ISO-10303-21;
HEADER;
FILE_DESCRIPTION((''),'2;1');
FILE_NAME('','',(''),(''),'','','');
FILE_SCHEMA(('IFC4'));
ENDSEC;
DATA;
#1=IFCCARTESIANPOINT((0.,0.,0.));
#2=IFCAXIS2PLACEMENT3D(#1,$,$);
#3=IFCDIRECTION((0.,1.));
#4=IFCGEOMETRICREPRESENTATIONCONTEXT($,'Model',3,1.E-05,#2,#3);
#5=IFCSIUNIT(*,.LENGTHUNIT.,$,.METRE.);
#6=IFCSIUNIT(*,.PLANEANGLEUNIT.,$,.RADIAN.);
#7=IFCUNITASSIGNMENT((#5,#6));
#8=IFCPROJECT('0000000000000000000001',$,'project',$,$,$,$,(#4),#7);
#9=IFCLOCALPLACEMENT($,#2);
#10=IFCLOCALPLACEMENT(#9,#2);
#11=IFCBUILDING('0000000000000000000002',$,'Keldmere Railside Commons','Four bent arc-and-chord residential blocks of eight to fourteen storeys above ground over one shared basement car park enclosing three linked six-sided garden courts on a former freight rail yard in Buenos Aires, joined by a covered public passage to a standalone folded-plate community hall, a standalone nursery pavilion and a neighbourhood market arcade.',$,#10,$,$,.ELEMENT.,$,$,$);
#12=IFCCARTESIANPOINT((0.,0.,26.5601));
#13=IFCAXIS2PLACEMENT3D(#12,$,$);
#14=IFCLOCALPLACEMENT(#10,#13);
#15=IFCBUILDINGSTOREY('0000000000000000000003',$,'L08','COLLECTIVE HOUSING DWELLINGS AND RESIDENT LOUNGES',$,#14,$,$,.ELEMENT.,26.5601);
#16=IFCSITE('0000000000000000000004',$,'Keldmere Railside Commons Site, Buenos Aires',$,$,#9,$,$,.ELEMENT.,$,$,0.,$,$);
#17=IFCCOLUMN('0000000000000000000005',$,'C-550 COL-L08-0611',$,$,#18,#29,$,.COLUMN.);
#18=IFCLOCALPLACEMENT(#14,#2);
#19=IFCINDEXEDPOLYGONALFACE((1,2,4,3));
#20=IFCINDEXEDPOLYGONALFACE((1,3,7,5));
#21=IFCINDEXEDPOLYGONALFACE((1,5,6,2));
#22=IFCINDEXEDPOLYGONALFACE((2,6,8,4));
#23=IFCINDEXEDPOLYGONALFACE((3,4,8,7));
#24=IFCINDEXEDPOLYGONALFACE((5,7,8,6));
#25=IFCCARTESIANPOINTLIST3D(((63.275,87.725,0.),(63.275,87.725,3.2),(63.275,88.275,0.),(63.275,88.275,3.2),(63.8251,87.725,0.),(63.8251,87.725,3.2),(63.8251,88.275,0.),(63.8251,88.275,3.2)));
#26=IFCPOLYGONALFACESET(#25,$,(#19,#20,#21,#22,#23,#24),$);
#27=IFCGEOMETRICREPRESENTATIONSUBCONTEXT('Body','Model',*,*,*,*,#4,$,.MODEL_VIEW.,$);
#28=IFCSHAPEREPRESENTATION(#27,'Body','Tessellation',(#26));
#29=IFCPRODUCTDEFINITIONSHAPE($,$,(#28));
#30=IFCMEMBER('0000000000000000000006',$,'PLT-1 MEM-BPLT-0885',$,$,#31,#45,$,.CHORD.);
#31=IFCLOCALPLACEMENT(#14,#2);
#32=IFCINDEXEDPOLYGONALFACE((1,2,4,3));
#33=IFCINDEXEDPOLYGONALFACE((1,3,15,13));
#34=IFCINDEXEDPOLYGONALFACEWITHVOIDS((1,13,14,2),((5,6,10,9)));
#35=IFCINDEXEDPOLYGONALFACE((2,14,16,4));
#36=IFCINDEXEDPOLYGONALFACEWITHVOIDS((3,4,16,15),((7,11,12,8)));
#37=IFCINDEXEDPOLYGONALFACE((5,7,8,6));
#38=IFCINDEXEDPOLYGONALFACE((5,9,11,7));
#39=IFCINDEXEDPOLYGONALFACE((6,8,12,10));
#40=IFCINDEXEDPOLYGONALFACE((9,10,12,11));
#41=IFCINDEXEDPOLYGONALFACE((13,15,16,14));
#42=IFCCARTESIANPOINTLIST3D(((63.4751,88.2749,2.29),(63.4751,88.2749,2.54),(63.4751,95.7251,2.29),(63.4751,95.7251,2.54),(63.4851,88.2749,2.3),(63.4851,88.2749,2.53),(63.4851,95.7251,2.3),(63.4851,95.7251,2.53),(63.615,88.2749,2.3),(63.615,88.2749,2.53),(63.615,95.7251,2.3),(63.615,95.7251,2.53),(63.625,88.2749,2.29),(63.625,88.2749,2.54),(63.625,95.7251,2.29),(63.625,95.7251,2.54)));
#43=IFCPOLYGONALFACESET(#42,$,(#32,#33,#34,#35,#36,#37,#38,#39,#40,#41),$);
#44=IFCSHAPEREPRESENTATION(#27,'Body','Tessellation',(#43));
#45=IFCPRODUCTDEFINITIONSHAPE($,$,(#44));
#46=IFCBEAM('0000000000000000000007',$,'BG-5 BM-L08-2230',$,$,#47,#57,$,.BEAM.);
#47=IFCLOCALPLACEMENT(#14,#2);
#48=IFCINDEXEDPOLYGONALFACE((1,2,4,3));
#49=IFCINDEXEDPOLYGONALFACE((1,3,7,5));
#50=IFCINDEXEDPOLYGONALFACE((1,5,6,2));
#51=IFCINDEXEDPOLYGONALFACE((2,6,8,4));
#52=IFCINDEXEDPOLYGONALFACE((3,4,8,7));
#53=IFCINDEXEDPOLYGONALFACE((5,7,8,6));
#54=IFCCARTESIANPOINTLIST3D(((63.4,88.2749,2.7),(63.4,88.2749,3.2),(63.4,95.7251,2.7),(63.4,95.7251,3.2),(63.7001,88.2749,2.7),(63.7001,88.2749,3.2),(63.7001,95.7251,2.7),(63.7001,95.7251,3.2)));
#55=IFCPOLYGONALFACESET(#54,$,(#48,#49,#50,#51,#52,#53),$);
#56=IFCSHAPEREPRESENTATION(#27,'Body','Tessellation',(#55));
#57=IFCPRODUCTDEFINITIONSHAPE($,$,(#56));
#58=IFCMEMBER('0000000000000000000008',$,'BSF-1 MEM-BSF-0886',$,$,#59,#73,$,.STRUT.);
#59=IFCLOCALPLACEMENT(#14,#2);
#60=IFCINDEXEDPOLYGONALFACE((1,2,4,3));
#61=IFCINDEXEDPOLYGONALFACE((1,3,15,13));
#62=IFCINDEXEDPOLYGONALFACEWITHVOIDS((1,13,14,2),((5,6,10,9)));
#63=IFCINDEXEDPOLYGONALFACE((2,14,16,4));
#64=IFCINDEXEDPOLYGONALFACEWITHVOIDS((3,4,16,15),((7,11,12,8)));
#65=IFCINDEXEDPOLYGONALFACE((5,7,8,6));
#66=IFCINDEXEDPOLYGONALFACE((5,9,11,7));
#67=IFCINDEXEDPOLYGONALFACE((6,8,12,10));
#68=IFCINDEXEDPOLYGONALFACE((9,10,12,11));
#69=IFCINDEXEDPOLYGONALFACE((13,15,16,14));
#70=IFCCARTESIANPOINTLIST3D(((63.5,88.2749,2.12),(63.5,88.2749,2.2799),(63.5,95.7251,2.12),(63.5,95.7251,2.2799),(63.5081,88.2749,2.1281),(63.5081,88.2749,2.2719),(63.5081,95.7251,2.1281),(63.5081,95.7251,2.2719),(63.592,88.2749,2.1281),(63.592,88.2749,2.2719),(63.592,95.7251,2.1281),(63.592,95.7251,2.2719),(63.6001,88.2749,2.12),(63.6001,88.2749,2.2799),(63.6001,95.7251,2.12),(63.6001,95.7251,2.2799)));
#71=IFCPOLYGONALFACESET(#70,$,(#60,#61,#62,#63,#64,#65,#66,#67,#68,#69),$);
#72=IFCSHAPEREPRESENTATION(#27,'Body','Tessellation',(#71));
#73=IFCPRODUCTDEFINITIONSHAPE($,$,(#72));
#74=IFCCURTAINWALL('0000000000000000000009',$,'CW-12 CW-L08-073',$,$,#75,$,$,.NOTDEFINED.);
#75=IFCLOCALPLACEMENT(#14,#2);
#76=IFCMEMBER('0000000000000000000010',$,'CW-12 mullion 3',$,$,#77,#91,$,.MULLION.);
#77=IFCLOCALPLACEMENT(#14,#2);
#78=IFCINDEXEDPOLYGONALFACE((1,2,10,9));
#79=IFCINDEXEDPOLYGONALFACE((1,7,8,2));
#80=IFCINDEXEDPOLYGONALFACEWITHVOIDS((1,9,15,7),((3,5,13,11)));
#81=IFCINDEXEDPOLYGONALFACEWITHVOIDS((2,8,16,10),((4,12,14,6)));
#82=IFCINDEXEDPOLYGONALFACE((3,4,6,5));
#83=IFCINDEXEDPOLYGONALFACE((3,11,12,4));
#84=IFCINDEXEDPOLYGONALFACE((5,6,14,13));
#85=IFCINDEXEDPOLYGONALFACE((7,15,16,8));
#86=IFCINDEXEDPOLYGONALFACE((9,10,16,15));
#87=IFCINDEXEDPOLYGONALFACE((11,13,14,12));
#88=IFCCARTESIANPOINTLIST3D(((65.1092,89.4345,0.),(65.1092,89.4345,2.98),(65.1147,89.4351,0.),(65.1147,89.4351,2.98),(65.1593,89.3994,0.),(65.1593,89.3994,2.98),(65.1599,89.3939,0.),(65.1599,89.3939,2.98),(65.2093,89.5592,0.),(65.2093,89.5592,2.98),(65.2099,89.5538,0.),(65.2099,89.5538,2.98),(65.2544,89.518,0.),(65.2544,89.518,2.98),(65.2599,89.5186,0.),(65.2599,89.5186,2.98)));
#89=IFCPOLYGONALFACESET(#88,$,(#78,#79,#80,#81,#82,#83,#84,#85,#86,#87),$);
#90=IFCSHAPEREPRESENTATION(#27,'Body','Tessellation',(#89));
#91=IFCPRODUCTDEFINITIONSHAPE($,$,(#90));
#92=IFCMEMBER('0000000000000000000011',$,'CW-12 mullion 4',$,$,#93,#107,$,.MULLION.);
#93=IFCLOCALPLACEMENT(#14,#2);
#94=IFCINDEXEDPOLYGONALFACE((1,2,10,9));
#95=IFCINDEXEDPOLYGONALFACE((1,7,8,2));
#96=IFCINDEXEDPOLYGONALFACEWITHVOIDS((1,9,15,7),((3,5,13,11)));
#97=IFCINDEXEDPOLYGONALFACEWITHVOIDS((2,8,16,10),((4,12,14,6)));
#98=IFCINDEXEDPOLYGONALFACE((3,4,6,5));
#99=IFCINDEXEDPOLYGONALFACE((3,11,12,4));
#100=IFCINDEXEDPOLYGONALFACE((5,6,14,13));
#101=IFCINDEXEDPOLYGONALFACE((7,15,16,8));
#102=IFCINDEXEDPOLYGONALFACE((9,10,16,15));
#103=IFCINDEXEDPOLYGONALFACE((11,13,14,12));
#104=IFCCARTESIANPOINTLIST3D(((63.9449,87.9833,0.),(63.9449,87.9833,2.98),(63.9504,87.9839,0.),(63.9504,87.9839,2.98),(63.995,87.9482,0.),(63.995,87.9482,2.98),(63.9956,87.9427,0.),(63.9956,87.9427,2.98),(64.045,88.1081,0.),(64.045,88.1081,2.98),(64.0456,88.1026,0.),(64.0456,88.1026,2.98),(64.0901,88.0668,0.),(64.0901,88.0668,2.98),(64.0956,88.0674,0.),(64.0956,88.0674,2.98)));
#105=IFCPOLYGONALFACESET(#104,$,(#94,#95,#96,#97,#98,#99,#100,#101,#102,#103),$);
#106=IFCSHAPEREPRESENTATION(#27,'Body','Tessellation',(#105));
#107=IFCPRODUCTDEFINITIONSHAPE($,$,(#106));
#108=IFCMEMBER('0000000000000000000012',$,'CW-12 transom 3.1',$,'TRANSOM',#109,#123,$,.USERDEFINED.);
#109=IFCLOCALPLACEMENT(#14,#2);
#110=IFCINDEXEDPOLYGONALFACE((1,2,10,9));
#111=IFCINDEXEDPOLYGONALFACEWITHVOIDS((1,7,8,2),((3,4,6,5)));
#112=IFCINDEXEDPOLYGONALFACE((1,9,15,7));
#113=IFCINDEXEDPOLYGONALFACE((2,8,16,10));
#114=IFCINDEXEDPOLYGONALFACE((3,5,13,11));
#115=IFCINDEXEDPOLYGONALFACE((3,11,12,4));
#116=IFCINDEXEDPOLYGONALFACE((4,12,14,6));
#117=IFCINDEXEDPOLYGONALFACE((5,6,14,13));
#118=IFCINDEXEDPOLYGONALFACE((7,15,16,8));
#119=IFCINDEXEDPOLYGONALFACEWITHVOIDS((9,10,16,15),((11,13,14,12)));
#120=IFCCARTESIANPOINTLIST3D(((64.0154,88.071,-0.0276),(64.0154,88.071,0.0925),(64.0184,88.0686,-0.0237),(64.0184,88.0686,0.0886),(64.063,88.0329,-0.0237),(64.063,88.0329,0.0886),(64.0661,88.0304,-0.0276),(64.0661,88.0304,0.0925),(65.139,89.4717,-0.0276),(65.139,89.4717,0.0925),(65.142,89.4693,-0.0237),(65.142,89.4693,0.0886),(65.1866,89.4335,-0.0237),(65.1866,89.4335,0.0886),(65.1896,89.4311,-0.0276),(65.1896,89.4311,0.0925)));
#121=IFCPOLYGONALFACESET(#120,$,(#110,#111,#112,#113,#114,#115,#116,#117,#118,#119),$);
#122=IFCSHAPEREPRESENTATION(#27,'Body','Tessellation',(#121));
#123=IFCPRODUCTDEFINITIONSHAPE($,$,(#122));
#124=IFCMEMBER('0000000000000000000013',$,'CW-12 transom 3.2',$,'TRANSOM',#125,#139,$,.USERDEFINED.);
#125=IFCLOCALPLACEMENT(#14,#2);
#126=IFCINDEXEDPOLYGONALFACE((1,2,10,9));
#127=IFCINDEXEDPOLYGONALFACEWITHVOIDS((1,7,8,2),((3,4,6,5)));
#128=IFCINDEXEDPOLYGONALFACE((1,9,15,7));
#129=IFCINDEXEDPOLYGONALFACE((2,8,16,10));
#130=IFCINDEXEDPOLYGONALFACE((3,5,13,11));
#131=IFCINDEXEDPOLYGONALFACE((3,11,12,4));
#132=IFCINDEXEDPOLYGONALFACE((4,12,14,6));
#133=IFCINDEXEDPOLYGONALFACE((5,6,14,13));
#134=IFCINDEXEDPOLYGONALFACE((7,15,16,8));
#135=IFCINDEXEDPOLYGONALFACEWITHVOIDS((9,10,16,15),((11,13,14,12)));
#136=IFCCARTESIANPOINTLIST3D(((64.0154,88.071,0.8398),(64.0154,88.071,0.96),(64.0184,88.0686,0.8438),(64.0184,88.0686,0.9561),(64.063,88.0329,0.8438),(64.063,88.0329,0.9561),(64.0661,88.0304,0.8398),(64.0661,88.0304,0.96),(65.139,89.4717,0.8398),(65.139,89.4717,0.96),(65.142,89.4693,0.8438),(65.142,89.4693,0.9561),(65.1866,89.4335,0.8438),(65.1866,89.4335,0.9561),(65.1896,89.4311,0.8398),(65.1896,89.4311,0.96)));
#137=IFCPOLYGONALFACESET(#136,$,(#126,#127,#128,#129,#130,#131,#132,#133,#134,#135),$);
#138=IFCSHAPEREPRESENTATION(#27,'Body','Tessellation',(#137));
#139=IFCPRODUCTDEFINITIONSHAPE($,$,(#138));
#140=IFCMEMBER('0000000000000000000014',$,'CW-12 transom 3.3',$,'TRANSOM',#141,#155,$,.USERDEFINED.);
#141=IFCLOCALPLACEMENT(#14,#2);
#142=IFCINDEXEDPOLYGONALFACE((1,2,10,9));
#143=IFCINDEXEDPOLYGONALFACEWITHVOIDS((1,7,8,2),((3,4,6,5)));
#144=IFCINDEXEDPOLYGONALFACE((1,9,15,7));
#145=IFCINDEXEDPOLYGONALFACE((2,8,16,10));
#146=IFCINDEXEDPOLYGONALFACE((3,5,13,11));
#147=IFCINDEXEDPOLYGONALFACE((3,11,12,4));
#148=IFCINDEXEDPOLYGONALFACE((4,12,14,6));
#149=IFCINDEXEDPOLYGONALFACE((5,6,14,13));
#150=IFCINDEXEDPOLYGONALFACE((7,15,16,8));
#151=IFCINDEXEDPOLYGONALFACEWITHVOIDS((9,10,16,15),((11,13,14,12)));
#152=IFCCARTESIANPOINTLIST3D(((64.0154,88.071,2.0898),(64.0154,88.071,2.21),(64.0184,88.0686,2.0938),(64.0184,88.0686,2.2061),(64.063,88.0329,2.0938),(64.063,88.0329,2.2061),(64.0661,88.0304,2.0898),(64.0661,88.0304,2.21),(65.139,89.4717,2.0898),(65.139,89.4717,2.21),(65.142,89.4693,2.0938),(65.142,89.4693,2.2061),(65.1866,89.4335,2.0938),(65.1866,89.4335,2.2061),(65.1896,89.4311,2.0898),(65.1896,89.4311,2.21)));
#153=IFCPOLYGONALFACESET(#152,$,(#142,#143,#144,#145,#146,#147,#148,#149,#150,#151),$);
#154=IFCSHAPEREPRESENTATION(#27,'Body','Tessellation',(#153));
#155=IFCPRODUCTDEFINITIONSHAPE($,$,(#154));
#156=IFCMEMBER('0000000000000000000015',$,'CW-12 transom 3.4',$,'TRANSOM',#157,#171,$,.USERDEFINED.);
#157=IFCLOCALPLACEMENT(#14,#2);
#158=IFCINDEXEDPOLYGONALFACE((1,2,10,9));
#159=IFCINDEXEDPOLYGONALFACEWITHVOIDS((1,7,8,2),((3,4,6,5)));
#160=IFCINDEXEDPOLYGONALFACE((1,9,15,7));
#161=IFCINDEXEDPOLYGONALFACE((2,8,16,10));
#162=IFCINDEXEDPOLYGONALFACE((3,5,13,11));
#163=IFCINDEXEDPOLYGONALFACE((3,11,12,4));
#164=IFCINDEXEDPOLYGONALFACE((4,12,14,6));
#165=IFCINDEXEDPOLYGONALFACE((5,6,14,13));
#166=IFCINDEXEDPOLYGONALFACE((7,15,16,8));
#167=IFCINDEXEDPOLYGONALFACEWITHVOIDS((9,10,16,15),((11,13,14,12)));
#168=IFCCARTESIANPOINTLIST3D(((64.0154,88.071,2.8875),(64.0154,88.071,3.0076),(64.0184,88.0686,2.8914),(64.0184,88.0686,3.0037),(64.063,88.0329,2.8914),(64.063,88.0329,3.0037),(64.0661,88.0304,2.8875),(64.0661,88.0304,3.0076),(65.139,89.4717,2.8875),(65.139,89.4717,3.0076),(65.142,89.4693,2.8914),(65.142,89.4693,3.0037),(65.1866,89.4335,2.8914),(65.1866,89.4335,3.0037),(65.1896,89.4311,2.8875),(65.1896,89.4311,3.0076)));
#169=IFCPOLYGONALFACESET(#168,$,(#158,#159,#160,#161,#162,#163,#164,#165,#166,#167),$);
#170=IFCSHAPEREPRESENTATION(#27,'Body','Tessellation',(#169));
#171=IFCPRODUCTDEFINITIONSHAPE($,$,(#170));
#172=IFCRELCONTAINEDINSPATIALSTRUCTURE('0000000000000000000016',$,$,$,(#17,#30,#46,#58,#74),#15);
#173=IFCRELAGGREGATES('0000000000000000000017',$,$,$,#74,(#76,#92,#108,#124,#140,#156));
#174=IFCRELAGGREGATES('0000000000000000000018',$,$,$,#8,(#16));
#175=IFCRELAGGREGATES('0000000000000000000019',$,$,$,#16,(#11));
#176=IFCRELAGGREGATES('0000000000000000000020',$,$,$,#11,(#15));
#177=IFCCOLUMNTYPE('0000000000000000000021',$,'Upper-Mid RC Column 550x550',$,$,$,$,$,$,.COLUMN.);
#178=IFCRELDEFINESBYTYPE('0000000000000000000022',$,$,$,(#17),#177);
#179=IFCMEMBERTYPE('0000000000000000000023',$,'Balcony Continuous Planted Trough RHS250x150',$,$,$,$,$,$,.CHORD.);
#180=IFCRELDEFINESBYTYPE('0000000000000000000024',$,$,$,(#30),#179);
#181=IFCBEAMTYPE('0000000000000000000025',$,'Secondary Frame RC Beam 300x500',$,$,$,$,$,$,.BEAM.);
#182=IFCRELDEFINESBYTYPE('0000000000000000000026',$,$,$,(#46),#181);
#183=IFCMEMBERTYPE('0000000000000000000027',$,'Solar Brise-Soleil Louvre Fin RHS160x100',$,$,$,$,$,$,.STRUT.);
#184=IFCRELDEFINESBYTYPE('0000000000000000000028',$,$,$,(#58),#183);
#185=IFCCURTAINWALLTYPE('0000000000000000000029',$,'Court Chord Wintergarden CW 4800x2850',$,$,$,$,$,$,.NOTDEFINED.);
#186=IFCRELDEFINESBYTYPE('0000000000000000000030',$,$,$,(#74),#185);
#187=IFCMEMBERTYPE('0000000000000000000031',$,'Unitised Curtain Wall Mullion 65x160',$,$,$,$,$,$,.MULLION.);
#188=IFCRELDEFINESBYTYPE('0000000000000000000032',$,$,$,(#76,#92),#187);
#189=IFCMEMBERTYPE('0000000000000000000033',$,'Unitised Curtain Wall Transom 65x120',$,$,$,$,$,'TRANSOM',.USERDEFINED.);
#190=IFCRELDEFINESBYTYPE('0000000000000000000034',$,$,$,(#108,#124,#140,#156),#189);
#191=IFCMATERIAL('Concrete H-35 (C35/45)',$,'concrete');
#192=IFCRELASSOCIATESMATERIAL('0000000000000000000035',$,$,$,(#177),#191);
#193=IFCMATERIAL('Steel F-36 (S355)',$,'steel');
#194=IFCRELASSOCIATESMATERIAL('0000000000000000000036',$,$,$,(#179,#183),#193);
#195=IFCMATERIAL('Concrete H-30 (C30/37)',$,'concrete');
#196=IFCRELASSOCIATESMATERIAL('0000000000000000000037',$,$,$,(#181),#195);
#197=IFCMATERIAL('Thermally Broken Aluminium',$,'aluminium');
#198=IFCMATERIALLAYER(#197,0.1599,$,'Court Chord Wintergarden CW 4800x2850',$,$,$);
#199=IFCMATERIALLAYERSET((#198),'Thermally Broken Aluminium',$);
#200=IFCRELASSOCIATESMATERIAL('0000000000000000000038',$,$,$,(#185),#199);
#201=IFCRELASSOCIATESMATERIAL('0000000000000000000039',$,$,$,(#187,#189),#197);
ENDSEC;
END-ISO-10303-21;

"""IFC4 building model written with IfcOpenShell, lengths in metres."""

from ifc_helpers import new_model, si_unit, direction, frame, origin, origin_2d, place, context, subcontext, project, spatial, rectangle, hollow_rectangle, extrude, material, layer, layer_set, material_profile, profile_set, type_object, element, aggregate, save


model = new_model("IFC4")

# Units and contexts
model_context = context("Model", 3, precision=1e-05, world=origin(), true_north=direction((0.0, 1.0)))
body_context = subcontext(model_context, "Body", "Model", "MODEL_VIEW")
ifc_project = project(units=[si_unit("LENGTHUNIT", "METRE"), si_unit("PLANEANGLEUNIT", "RADIAN")], contexts=[model_context])

# Site, building, storey
site_placement = place(None, origin())
site = spatial("IfcSite", under=ifc_project, at=site_placement, Name="Keldmere Railside Commons Site, Buenos Aires", CompositionType="ELEMENT", RefElevation=0.0)
building_placement = place(site_placement, origin())
building = spatial("IfcBuilding", under=site, at=building_placement, Name="Keldmere Railside Commons", Description="Four bent arc-and-chord residential blocks of eight to fourteen storeys above ground over one shared basement car park enclosing three linked six-sided garden courts on a former freight rail yard in Buenos Aires, joined by a covered public passage to a standalone folded-plate community hall, a standalone nursery pavilion and a neighbourhood market arcade.", CompositionType="ELEMENT")
storey_placement = place(building_placement, frame((0.0, 0.0, 26.5601)))
storey = spatial("IfcBuildingStorey", under=building, at=storey_placement, Name="L08", Description="COLLECTIVE HOUSING DWELLINGS AND RESIDENT LOUNGES", CompositionType="ELEMENT", Elevation=26.5601)

# Column
ifc_material_1 = material(Name="Concrete H-35 (C35/45)", Category="concrete")
ifc_material_profile_1 = material_profile(ifc_material_1, rectangle(XDim=0.55, YDim=0.55, at=origin_2d()), Name="RC-550x550")
ifc_profile_set_1 = profile_set([ifc_material_profile_1], Name="Concrete H-35 (C35/45)")
column_type = type_object("IfcColumnType", Name="Upper-Mid RC Column 550x550", PredefinedType="COLUMN", material=ifc_profile_set_1)
column_placement = place(storey_placement, frame((63.55, 88.0, 0.0), z_axis=(0.0, 0.0, 1.0), x_axis=(1.0, 0.0, 0.0)))
element("IfcColumn", 1, at=column_placement, inside=storey, type_object=column_type, Name="C-550 COL-L08-0611", PredefinedType="COLUMN", context=body_context, shape_type="SweptSolid", body=[
    extrude(rectangle(XDim=0.55, YDim=0.55, at=origin_2d()), origin(), (0.0, 0.0, 1.0), 3.2),
])

# Member
ifc_material_2 = material(Name="Steel F-36 (S355)", Category="steel")
ifc_material_profile_2 = material_profile(ifc_material_2, hollow_rectangle(XDim=0.1499, YDim=0.25, WallThickness=0.01, at=origin_2d()), Name="RHS-250x150x10")
ifc_profile_set_2 = profile_set([ifc_material_profile_2], Name="Steel F-36 (S355)")
member_type_1 = type_object("IfcMemberType", Name="Balcony Continuous Planted Trough RHS250x150", PredefinedType="CHORD", material=ifc_profile_set_2)
member_1_placement = place(storey_placement, frame((63.55, 88.2749, 2.415), z_axis=(0.0, 1.0, 0.0), x_axis=(-1.0, 0.0, 0.0)))
element("IfcMember", 2, at=member_1_placement, inside=storey, type_object=member_type_1, Name="PLT-1 MEM-BPLT-0885", PredefinedType="CHORD", context=body_context, shape_type="SweptSolid", body=[
    extrude(hollow_rectangle(XDim=0.1499, YDim=0.25, WallThickness=0.01, at=origin_2d()), origin(), (0.0, 0.0, 1.0), 7.4502),
])

# Beam
ifc_material_3 = material(Name="Concrete H-30 (C30/37)", Category="concrete")
ifc_material_profile_3 = material_profile(ifc_material_3, rectangle(XDim=0.3, YDim=0.5, at=origin_2d()), Name="RC-300x500")
ifc_profile_set_3 = profile_set([ifc_material_profile_3], Name="Concrete H-30 (C30/37)")
beam_type = type_object("IfcBeamType", Name="Secondary Frame RC Beam 300x500", PredefinedType="BEAM", material=ifc_profile_set_3)
beam_placement = place(storey_placement, frame((63.55, 88.2749, 2.95), z_axis=(0.0, 1.0, 0.0), x_axis=(-1.0, 0.0, 0.0)))
element("IfcBeam", 3, at=beam_placement, inside=storey, type_object=beam_type, Name="BG-5 BM-L08-2230", PredefinedType="BEAM", context=body_context, shape_type="SweptSolid", body=[
    extrude(rectangle(XDim=0.3, YDim=0.5, at=origin_2d()), origin(), (0.0, 0.0, 1.0), 7.4502),
])

# Member
ifc_material_profile_4 = material_profile(ifc_material_2, hollow_rectangle(XDim=0.1001, YDim=0.1599, WallThickness=0.0081, at=origin_2d()), Name="RHS-160x100x8")
ifc_profile_set_4 = profile_set([ifc_material_profile_4], Name="Steel F-36 (S355)")
member_type_2 = type_object("IfcMemberType", Name="Solar Brise-Soleil Louvre Fin RHS160x100", PredefinedType="STRUT", material=ifc_profile_set_4)
member_2_placement = place(storey_placement, frame((63.55, 88.2749, 2.2), z_axis=(0.0, 1.0, 0.0), x_axis=(-1.0, 0.0, 0.0)))
element("IfcMember", 4, at=member_2_placement, inside=storey, type_object=member_type_2, Name="BSF-1 MEM-BSF-0886", PredefinedType="STRUT", context=body_context, shape_type="SweptSolid", body=[
    extrude(hollow_rectangle(XDim=0.1001, YDim=0.1599, WallThickness=0.0081, at=origin_2d()), origin(), (0.0, 0.0, 1.0), 7.4502),
])

# Curtain wall, members
ifc_material_4 = material(Name="Thermally Broken Aluminium", Category="aluminium")
ifc_layer_1 = layer(ifc_material_4, 0.1599, Name="Court Chord Wintergarden CW 4800x2850")
ifc_layer_set_1 = layer_set([ifc_layer_1], Name="Thermally Broken Aluminium")
curtain_wall_type = type_object("IfcCurtainWallType", Name="Court Chord Wintergarden CW 4800x2850", PredefinedType="NOTDEFINED", material=ifc_layer_set_1)
curtain_wall_placement = place(storey_placement, origin())
curtain_wall = element("IfcCurtainWall", 5, at=curtain_wall_placement, inside=storey, type_object=curtain_wall_type, Name="CW-12 CW-L08-073", PredefinedType="NOTDEFINED")
ifc_material_profile_5 = material_profile(ifc_material_4, hollow_rectangle(XDim=0.0649, YDim=0.1599, WallThickness=0.0039, at=origin_2d()), Name="ALU-MULL-65x160")
ifc_profile_set_5 = profile_set([ifc_material_profile_5], Name="Thermally Broken Aluminium")
member_type_3 = type_object("IfcMemberType", Name="Unitised Curtain Wall Mullion 65x160", PredefinedType="MULLION", material=ifc_profile_set_5)
member_3_placement = place(storey_placement, frame((65.1846, 89.4766, 0.0), z_axis=(0.0, 0.0, 1.0), x_axis=(0.780009, -0.625768, 0.0)))
member_3 = element("IfcMember", 6, at=member_3_placement, type_object=member_type_3, Name="CW-12 mullion 3", PredefinedType="MULLION", context=body_context, shape_type="SweptSolid", body=[
    extrude(hollow_rectangle(XDim=0.0649, YDim=0.1599, WallThickness=0.0039, at=origin_2d()), origin(), (0.0, 0.0, 1.0), 2.98),
])
member_4_placement = place(storey_placement, frame((64.0203, 88.0254, 0.0), z_axis=(0.0, 0.0, 1.0), x_axis=(0.780009, -0.625768, 0.0)))
member_4 = element("IfcMember", 7, at=member_4_placement, type_object=member_type_3, Name="CW-12 mullion 4", PredefinedType="MULLION", context=body_context, shape_type="SweptSolid", body=[
    extrude(hollow_rectangle(XDim=0.0649, YDim=0.1599, WallThickness=0.0039, at=origin_2d()), origin(), (0.0, 0.0, 1.0), 2.98),
])
ifc_material_profile_6 = material_profile(ifc_material_4, hollow_rectangle(XDim=0.0649, YDim=0.1201, WallThickness=0.0039, at=origin_2d()), Name="ALU-TRAN-65x120")
ifc_profile_set_6 = profile_set([ifc_material_profile_6], Name="Thermally Broken Aluminium")
member_type_4 = type_object("IfcMemberType", Name="Unitised Curtain Wall Transom 65x120", ElementType="TRANSOM", PredefinedType="USERDEFINED", material=ifc_profile_set_6)
member_5_placement = place(storey_placement, frame((65.1643, 89.4514, 0.0325), z_axis=(-0.625723, -0.780046, 0.0), x_axis=(0.780046, -0.625723, 0.0)))
member_5 = element("IfcMember", 8, at=member_5_placement, type_object=member_type_4, Name="CW-12 transom 3.1", ObjectType="TRANSOM", PredefinedType="USERDEFINED", context=body_context, shape_type="SweptSolid", body=[
    extrude(hollow_rectangle(XDim=0.0649, YDim=0.1201, WallThickness=0.0039, at=origin_2d()), origin(), (0.0, 0.0, 1.0), 1.7957),
])
member_6_placement = place(storey_placement, frame((65.1643, 89.4514, 0.8999), z_axis=(-0.625723, -0.780046, 0.0), x_axis=(0.780046, -0.625723, 0.0)))
member_6 = element("IfcMember", 9, at=member_6_placement, type_object=member_type_4, Name="CW-12 transom 3.2", ObjectType="TRANSOM", PredefinedType="USERDEFINED", context=body_context, shape_type="SweptSolid", body=[
    extrude(hollow_rectangle(XDim=0.0649, YDim=0.1201, WallThickness=0.0039, at=origin_2d()), origin(), (0.0, 0.0, 1.0), 1.7957),
])
member_7_placement = place(storey_placement, frame((65.1643, 89.4514, 2.1499), z_axis=(-0.625723, -0.780046, 0.0), x_axis=(0.780046, -0.625723, 0.0)))
member_7 = element("IfcMember", 10, at=member_7_placement, type_object=member_type_4, Name="CW-12 transom 3.3", ObjectType="TRANSOM", PredefinedType="USERDEFINED", context=body_context, shape_type="SweptSolid", body=[
    extrude(hollow_rectangle(XDim=0.0649, YDim=0.1201, WallThickness=0.0039, at=origin_2d()), origin(), (0.0, 0.0, 1.0), 1.7957),
])
member_8_placement = place(storey_placement, frame((65.1643, 89.4514, 2.9475), z_axis=(-0.625723, -0.780046, 0.0), x_axis=(0.780046, -0.625723, 0.0)))
member_8 = element("IfcMember", 11, at=member_8_placement, type_object=member_type_4, Name="CW-12 transom 3.4", ObjectType="TRANSOM", PredefinedType="USERDEFINED", context=body_context, shape_type="SweptSolid", body=[
    extrude(hollow_rectangle(XDim=0.0649, YDim=0.1201, WallThickness=0.0039, at=origin_2d()), origin(), (0.0, 0.0, 1.0), 1.7957),
])
aggregate(curtain_wall, [member_3, member_4, member_5, member_6, member_7, member_8])

save(model, "model.ifc")
